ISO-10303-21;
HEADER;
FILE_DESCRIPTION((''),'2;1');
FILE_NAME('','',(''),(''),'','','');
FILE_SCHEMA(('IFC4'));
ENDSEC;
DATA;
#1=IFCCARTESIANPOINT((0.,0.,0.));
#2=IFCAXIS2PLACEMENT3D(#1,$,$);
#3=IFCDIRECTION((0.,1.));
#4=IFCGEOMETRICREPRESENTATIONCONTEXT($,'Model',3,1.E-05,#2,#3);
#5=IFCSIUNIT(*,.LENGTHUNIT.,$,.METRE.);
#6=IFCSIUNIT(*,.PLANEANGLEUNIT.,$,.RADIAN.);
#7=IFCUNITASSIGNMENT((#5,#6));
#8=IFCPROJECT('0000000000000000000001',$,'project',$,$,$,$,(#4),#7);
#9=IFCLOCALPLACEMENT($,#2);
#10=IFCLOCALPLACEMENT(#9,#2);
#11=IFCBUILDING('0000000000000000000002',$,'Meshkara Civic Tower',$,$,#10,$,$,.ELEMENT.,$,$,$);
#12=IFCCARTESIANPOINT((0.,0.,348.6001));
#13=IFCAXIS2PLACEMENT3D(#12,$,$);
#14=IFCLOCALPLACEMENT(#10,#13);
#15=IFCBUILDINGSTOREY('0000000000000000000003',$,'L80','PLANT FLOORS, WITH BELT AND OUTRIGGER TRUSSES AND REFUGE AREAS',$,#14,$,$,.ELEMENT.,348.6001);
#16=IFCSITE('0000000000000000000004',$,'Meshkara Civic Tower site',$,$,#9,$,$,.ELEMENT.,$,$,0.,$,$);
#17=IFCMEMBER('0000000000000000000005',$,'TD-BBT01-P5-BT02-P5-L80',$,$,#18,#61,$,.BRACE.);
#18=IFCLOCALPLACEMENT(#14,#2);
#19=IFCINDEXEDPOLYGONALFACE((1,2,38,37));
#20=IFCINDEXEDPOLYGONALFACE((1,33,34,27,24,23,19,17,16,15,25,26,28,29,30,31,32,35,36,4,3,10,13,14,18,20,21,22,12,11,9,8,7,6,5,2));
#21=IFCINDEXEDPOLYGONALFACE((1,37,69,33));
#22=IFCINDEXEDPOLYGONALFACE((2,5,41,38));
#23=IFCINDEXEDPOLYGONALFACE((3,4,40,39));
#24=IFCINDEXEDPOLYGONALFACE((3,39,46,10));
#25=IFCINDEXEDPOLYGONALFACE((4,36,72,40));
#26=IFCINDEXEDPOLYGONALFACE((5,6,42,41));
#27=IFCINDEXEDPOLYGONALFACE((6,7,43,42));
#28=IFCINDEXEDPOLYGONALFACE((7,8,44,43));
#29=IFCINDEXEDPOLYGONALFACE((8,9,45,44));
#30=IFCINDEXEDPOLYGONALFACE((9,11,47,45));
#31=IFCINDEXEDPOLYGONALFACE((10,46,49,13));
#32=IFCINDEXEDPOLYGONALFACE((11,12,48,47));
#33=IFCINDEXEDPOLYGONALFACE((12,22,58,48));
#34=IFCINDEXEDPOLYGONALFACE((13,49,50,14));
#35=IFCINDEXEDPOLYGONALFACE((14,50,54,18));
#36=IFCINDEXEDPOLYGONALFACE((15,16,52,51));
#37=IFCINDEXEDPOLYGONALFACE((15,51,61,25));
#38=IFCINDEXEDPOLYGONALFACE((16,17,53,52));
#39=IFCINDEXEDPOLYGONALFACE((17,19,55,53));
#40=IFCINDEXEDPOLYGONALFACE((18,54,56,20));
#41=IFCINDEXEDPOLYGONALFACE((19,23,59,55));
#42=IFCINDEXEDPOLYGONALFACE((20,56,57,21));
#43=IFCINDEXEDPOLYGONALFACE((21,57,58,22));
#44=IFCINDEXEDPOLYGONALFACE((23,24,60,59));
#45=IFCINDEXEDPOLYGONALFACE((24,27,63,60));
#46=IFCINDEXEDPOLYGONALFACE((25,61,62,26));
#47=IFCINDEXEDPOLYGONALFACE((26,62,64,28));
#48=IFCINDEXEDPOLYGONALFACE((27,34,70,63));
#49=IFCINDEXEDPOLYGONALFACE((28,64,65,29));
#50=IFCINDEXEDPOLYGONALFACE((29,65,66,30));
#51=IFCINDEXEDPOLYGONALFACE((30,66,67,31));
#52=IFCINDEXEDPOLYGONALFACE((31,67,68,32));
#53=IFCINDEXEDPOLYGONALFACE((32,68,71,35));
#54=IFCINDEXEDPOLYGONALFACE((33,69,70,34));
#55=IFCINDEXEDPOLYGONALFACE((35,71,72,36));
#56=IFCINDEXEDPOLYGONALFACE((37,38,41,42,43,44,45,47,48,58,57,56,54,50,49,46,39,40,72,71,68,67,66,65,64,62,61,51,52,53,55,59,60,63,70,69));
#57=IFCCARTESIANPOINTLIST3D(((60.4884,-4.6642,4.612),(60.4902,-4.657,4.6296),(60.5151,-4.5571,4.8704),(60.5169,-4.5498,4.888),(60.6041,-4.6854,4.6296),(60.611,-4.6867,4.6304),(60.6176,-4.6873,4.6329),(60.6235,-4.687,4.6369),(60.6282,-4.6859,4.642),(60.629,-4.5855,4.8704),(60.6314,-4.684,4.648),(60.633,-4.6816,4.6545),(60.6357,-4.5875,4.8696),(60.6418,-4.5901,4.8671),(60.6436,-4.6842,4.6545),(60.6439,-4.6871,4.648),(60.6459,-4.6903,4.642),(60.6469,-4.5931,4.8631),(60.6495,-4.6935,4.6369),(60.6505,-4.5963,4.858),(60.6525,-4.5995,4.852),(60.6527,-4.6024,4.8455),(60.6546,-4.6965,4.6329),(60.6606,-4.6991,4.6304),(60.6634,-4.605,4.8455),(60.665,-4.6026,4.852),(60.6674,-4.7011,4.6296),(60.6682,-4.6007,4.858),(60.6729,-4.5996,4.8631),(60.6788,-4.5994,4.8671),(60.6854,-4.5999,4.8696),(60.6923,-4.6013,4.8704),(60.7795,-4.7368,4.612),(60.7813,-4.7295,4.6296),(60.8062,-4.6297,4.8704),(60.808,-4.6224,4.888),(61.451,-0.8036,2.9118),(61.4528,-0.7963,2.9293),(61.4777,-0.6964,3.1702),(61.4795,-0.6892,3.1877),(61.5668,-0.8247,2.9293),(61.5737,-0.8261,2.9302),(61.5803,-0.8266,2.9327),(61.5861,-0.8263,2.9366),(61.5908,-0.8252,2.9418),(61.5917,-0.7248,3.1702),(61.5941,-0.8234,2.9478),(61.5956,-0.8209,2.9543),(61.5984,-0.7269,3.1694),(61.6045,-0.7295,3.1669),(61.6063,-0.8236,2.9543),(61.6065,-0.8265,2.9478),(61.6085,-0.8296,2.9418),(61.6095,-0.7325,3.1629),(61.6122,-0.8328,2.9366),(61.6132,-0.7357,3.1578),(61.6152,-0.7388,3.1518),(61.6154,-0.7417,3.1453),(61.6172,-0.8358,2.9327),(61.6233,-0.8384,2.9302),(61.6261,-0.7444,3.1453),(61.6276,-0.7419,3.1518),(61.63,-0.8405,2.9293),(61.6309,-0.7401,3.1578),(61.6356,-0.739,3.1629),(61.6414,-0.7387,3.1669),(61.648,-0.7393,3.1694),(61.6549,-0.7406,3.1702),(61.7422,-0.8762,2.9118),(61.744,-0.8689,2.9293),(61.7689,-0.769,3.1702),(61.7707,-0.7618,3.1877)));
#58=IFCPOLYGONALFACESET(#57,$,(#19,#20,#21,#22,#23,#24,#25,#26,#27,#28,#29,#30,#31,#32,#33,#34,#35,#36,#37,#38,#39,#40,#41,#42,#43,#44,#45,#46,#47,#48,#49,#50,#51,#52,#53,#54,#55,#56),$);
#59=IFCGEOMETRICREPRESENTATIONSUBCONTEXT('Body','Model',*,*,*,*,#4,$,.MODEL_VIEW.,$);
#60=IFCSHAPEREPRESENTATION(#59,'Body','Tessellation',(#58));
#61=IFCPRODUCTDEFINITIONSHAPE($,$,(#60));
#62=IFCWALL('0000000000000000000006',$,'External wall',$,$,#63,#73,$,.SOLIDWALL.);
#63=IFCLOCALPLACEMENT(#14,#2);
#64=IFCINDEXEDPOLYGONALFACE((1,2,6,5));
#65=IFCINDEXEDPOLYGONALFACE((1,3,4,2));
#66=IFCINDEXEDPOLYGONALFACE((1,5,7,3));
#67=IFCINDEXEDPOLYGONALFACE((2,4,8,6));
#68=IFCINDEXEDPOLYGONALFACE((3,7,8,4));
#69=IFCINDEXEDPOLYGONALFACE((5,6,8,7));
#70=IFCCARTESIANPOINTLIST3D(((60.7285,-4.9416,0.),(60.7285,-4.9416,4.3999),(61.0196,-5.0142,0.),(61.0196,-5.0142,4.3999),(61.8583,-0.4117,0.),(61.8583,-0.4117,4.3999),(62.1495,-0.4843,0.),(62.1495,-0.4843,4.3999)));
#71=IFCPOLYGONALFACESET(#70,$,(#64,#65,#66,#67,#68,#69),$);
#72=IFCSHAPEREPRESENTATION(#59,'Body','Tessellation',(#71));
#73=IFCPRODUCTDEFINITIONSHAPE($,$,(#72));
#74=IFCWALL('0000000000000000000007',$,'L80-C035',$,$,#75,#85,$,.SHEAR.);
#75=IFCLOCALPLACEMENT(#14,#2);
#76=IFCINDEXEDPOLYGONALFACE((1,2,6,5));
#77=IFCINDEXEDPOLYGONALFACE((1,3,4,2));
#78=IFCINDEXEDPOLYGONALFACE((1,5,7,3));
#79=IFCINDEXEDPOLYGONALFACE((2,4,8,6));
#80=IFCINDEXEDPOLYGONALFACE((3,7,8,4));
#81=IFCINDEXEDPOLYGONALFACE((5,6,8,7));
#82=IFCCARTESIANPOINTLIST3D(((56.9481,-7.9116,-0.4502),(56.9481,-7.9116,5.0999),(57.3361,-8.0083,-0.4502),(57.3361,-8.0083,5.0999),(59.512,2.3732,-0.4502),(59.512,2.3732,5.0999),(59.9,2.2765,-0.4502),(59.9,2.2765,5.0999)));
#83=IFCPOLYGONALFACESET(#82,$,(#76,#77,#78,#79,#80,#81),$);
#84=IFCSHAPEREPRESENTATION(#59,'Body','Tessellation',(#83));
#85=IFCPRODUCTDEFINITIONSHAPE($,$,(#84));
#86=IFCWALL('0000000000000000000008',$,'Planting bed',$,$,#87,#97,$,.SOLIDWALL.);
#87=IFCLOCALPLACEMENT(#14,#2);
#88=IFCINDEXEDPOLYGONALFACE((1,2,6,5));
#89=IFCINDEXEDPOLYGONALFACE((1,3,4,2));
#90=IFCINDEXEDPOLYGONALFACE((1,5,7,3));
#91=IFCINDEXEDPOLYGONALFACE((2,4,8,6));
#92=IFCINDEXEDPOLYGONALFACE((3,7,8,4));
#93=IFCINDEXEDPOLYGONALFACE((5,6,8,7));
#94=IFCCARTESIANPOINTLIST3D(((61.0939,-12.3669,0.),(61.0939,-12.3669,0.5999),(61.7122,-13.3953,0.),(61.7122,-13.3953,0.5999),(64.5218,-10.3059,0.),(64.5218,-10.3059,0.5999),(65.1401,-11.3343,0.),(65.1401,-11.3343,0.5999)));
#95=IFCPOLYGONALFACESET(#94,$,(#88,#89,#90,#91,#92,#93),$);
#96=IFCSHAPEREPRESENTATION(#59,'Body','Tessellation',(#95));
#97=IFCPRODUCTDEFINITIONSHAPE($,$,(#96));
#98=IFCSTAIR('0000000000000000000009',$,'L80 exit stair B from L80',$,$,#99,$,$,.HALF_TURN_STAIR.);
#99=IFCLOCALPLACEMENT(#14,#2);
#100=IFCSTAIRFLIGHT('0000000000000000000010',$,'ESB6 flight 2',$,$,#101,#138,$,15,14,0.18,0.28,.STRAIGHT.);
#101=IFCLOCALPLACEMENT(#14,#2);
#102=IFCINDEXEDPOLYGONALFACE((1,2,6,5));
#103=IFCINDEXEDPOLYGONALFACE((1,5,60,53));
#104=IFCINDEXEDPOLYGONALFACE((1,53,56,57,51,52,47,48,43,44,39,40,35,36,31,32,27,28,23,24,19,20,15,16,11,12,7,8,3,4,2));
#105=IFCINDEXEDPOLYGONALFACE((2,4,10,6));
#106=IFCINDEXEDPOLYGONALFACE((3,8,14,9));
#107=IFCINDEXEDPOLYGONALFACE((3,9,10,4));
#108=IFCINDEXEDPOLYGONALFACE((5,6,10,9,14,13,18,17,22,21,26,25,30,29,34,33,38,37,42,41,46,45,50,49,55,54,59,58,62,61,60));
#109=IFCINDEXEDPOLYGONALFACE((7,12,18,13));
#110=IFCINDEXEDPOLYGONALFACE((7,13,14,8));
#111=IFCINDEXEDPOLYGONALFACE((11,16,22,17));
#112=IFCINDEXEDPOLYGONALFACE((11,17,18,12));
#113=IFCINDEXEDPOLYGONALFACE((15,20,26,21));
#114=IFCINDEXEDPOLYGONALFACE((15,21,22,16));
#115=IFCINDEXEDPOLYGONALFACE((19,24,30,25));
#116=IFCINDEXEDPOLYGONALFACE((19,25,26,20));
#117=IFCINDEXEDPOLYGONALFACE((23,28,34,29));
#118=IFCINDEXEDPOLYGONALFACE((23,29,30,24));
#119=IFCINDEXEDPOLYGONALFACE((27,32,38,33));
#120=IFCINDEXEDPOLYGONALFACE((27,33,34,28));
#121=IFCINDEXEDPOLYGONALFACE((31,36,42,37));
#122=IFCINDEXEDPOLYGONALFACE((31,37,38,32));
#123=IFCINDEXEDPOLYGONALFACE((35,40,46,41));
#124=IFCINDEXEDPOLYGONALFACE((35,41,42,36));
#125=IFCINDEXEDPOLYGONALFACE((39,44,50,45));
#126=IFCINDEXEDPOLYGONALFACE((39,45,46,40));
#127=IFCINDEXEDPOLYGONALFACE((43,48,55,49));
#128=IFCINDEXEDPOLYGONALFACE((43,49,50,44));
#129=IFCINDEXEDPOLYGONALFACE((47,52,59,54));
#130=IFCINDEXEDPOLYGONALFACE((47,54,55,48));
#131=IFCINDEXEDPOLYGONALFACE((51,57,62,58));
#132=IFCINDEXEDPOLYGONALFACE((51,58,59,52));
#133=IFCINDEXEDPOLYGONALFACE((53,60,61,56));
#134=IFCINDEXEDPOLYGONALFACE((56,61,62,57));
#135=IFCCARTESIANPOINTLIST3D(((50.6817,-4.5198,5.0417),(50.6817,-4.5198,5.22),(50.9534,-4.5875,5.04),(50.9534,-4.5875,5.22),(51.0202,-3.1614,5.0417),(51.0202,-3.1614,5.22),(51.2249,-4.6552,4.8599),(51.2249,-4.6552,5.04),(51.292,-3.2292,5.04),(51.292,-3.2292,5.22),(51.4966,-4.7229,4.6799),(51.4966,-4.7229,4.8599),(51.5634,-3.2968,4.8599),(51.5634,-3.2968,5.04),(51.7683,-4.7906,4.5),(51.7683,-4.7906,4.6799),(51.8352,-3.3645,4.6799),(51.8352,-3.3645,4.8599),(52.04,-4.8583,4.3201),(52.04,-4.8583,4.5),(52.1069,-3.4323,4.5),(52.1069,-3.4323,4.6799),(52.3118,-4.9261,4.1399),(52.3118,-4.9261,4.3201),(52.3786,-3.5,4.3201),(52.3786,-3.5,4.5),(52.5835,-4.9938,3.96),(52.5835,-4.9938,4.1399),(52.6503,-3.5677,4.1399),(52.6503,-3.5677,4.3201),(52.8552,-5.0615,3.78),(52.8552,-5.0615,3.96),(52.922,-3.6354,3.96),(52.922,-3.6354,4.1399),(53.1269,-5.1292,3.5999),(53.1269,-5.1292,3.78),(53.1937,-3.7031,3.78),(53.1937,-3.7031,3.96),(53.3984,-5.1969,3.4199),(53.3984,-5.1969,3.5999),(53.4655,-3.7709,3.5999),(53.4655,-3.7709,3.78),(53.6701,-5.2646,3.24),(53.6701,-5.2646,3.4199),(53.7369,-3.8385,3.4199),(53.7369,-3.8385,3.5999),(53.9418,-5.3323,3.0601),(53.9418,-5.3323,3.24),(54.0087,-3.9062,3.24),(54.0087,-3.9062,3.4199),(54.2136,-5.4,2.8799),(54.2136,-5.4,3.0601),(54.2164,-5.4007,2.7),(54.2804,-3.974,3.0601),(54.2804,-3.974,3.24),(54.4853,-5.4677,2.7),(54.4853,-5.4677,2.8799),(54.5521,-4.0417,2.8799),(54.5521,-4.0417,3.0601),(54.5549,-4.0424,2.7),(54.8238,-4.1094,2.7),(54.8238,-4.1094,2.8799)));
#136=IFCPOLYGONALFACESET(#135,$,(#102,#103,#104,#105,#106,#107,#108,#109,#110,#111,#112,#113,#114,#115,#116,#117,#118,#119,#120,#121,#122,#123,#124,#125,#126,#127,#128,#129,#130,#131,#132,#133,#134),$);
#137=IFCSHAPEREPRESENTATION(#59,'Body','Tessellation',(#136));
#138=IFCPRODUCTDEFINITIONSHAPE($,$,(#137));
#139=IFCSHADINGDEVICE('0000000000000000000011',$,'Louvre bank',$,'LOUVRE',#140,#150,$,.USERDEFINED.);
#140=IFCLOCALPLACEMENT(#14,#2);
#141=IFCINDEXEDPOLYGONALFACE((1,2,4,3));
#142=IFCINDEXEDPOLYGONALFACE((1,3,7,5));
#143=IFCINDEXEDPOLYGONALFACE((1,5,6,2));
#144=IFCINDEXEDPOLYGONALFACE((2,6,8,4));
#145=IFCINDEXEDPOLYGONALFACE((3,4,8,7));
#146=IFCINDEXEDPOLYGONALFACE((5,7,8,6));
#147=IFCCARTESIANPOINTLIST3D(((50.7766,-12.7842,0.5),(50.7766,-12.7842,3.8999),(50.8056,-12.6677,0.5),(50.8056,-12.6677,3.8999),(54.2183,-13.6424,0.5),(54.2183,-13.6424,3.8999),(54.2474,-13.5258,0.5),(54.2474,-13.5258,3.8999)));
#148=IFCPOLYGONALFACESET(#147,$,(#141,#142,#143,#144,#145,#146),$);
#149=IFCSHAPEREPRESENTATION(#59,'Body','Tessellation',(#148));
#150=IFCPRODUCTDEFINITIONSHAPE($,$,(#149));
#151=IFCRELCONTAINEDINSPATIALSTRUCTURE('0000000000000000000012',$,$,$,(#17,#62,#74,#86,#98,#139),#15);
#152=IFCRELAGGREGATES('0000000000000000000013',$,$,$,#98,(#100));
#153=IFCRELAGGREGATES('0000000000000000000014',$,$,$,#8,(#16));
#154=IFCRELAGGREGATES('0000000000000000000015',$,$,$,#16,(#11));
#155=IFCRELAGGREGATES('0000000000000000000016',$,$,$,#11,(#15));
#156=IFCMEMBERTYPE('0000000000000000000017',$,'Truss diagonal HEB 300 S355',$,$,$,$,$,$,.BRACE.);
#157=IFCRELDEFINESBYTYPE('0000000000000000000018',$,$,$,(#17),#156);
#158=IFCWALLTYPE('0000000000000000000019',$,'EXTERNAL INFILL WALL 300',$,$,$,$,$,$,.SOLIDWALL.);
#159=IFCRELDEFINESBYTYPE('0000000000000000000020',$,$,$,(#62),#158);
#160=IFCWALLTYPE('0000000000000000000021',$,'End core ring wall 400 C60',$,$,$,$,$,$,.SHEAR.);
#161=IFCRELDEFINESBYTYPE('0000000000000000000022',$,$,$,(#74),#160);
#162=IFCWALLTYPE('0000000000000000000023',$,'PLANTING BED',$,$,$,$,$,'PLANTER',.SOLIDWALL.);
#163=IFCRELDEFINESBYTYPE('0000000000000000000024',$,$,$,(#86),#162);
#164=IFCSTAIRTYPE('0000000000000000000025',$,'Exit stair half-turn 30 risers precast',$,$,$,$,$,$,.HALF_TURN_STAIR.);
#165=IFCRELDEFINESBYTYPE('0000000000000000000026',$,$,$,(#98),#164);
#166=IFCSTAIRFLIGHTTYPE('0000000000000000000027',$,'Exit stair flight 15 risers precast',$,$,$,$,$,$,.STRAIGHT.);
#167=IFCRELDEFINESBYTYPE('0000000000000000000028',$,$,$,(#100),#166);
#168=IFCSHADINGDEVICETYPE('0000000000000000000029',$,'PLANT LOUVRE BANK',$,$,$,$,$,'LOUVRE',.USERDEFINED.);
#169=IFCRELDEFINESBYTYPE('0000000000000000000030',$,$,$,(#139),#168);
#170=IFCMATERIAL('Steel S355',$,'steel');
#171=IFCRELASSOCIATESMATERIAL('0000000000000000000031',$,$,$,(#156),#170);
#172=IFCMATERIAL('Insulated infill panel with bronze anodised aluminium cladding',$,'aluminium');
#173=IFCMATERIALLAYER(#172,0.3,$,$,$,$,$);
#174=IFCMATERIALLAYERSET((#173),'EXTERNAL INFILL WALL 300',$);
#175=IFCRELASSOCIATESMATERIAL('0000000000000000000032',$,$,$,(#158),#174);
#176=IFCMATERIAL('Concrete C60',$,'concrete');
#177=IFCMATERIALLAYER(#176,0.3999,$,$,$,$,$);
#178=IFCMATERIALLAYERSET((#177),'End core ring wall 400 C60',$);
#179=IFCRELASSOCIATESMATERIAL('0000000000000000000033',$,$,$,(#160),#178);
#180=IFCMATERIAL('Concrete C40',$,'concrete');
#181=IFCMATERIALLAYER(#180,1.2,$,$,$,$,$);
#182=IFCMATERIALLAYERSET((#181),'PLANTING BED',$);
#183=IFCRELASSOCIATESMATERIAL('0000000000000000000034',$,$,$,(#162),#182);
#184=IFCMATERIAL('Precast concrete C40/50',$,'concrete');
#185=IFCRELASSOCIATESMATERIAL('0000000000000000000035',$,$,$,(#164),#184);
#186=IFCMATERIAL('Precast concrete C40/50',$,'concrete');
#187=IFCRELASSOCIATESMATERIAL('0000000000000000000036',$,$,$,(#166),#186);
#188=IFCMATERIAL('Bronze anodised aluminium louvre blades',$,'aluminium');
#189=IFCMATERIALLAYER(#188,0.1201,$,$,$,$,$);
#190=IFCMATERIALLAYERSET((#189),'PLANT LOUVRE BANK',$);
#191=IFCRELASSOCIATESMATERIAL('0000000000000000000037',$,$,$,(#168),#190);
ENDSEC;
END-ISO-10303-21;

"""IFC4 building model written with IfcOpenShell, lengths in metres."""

from ifc_helpers import new_model, si_unit, direction, frame, frame_2d, origin, origin_2d, place, context, subcontext, project, spatial, polyline, rectangle, i_section, outline, extrude, material, layer, layer_set, material_profile, profile_set, type_object, element, aggregate, save


model = new_model("IFC4")

# Units and contexts
model_context = context("Model", 3, precision=1e-05, world=origin(), true_north=direction((0.0, 1.0)))
body_context = subcontext(model_context, "Body", "Model", "MODEL_VIEW")
ifc_project = project(units=[si_unit("LENGTHUNIT", "METRE"), si_unit("PLANEANGLEUNIT", "RADIAN")], contexts=[model_context])

# Site, building, storey
site_placement = place(None, origin())
site = spatial("IfcSite", under=ifc_project, at=site_placement, Name="Meshkara Civic Tower site", CompositionType="ELEMENT", RefElevation=0.0)
building_placement = place(site_placement, origin())
building = spatial("IfcBuilding", under=site, at=building_placement, Name="Meshkara Civic Tower", CompositionType="ELEMENT")
storey_placement = place(building_placement, frame((0.0, 0.0, 348.6001)))
storey = spatial("IfcBuildingStorey", under=building, at=storey_placement, Name="L80", Description="PLANT FLOORS, WITH BELT AND OUTRIGGER TRUSSES AND REFUGE AREAS", CompositionType="ELEMENT", Elevation=348.6001)

# Member
ifc_material_1 = material(Name="Steel S355", Category="steel")
ifc_material_profile_1 = material_profile(ifc_material_1, i_section(OverallWidth=0.3, OverallDepth=0.3, WebThickness=0.011, FlangeThickness=0.019, FilletRadius=0.0271, at=origin_2d()))
ifc_profile_set_1 = profile_set([ifc_material_profile_1], Name="Steel S355")
member_type = type_object("IfcMemberType", Name="Truss diagonal HEB 300 S355", PredefinedType="BRACE", material=ifc_profile_set_1)
member_1_placement = place(storey_placement, frame((60.6482, -4.6433, 4.75), z_axis=(0.222483, 0.892244, -0.392941), x_axis=(-0.97029, 0.241944, 0.0)))
element("IfcMember", 1, at=member_1_placement, inside=storey, type_object=member_type, Name="TD-BBT01-P5-BT02-P5-L80", PredefinedType="BRACE", context=body_context, shape_type="SweptSolid", body=[
    extrude(i_section(OverallWidth=0.3, OverallDepth=0.3, WebThickness=0.011, FlangeThickness=0.019, FilletRadius=0.0271, at=origin_2d()), origin(), (0.0, 0.0, 1.0), 4.3269),
])

# Shared definitions
ifc_material_2 = material(Name="Insulated infill panel with bronze anodised aluminium cladding", Category="aluminium")
ifc_layer_1 = layer(ifc_material_2, 0.3)
ifc_layer_set_1 = layer_set([ifc_layer_1], Name="EXTERNAL INFILL WALL 300")
wall_type_1 = type_object("IfcWallType", Name="EXTERNAL INFILL WALL 300", PredefinedType="SOLIDWALL", material=ifc_layer_set_1)

# Walls
wall_1_placement = place(storey_placement, frame((60.874, -4.978, 0.0), z_axis=(0.0, 0.0, 1.0), x_axis=(0.242007, 0.970275, 0.0)))
element("IfcWall", 2, at=wall_1_placement, inside=storey, type_object=wall_type_1, Name="External wall", PredefinedType="SOLIDWALL", context=body_context, shape_type="SweptSolid", body=[
    extrude(rectangle(XDim=4.6687, YDim=0.3, at=frame_2d((2.3345, 0.0))), origin(), (0.0, 0.0, 1.0), 4.3999),
])
ifc_material_3 = material(Name="Concrete C60", Category="concrete")
ifc_layer_2 = layer(ifc_material_3, 0.3999)
ifc_layer_set_2 = layer_set([ifc_layer_2], Name="End core ring wall 400 C60")
wall_type_2 = type_object("IfcWallType", Name="End core ring wall 400 C60", PredefinedType="SHEAR", material=ifc_layer_set_2)
wall_2_placement = place(storey_placement, frame((57.1421, -7.96, -0.4502), z_axis=(0.0, 0.0, 1.0), x_axis=(0.241891, 0.970304, 0.0)))
element("IfcWall", 3, at=wall_2_placement, inside=storey, type_object=wall_type_2, Name="L80-C035", PredefinedType="SHEAR", context=body_context, shape_type="SweptSolid", body=[
    extrude(rectangle(XDim=10.5996, YDim=0.3999, at=frame_2d((5.2998, 0.0))), origin(), (0.0, 0.0, 1.0), 5.55),
])
ifc_material_4 = material(Name="Concrete C40", Category="concrete")
ifc_layer_3 = layer(ifc_material_4, 1.2)
ifc_layer_set_3 = layer_set([ifc_layer_3], Name="PLANTING BED")
wall_type_3 = type_object("IfcWallType", Name="PLANTING BED", ElementType="PLANTER", PredefinedType="SOLIDWALL", material=ifc_layer_set_3)
wall_3_placement = place(storey_placement, frame((64.8311, -10.8201, 0.0), z_axis=(0.0, 0.0, 1.0), x_axis=(-0.857024, -0.515276, 0.0)))
element("IfcWall", 4, at=wall_3_placement, inside=storey, type_object=wall_type_3, Name="Planting bed", PredefinedType="SOLIDWALL", context=body_context, shape_type="SweptSolid", body=[
    extrude(rectangle(XDim=3.9998, YDim=1.2, at=frame_2d((2.0, 0.0))), origin(), (0.0, 0.0, 1.0), 0.5999),
])

# Stair, stair flight
ifc_material_5 = material(Name="Precast concrete C40/50", Category="concrete")
stair_type = type_object("IfcStairType", Name="Exit stair half-turn 30 risers precast", PredefinedType="HALF_TURN_STAIR", material=ifc_material_5)
stair_placement = place(storey_placement, origin())
stair = element("IfcStair", 5, at=stair_placement, inside=storey, type_object=stair_type, Name="L80 exit stair B from L80", PredefinedType="HALF_TURN_STAIR")
ifc_material_6 = material(Name="Precast concrete C40/50", Category="concrete")
stair_flight_type = type_object("IfcStairFlightType", Name="Exit stair flight 15 risers precast", PredefinedType="STRAIGHT", material=ifc_material_6)
stair_flight_placement = place(storey_placement, frame((54.6545, -4.7886, 2.7), z_axis=(0.0, 0.0, 1.0), x_axis=(-0.970319, 0.24183, 0.0)))
stair_flight = element("IfcStairFlight", 6, at=stair_flight_placement, type_object=stair_flight_type, Name="ESB6 flight 2", NumberOfRisers=15, NumberOfTreads=14, PredefinedType="STRAIGHT", RiserHeight=0.18, TreadLength=0.28, context=body_context, shape_type="SweptSolid", body=[
    extrude(outline(polyline([(0.0, 0.0), (0.0, 0.1799), (0.28, 0.1799), (0.28, 0.3601), (0.5601, 0.3601), (0.5601, 0.54), (0.8401, 0.54), (0.8401, 0.72), (1.1201, 0.72), (1.1201, 0.8999), (1.3999, 0.8999), (1.3999, 1.0801), (1.6799, 1.0801), (1.6799, 1.26), (1.96, 1.26), (1.96, 1.4399), (2.24, 1.4399), (2.24, 1.6201), (2.52, 1.6201), (2.52, 1.8), (2.8, 1.8), (2.8, 1.98), (3.0801, 1.98), (3.0801, 2.1599), (3.3601, 2.1599), (3.3601, 2.3401), (3.6399, 2.3401), (3.6399, 2.52), (3.9199, 2.52), (3.9199, 2.7), (3.9199, 2.3418), (0.2771, 0.0), (0.0, 0.0)])), frame((0.0, 0.7, 0.0), z_axis=(0.0, -1.0, 0.0), x_axis=(1.0, 0.0, 0.0)), (0.0, 0.0, 1.0), 1.3999),
])
aggregate(stair, [stair_flight])

# Shading device
ifc_material_7 = material(Name="Bronze anodised aluminium louvre blades", Category="aluminium")
ifc_layer_4 = layer(ifc_material_7, 0.1201)
ifc_layer_set_4 = layer_set([ifc_layer_4], Name="PLANT LOUVRE BANK")
shading_device_type = type_object("IfcShadingDeviceType", Name="PLANT LOUVRE BANK", ElementType="LOUVRE", PredefinedType="USERDEFINED", material=ifc_layer_set_4)
shading_device_placement = place(storey_placement, frame((52.512, -13.155, 0.5), z_axis=(0.0, 0.0, 1.0), x_axis=(0.970296, -0.241922, 0.0)))
element("IfcShadingDevice", 7, at=shading_device_placement, inside=storey, type_object=shading_device_type, Name="Louvre bank", ObjectType="LOUVRE", PredefinedType="USERDEFINED", context=body_context, shape_type="SweptSolid", body=[
    extrude(rectangle(XDim=3.5471, YDim=0.1201, at=origin_2d()), origin(), (0.0, 0.0, 1.0), 3.3999),
])

save(model, "model.ifc")
